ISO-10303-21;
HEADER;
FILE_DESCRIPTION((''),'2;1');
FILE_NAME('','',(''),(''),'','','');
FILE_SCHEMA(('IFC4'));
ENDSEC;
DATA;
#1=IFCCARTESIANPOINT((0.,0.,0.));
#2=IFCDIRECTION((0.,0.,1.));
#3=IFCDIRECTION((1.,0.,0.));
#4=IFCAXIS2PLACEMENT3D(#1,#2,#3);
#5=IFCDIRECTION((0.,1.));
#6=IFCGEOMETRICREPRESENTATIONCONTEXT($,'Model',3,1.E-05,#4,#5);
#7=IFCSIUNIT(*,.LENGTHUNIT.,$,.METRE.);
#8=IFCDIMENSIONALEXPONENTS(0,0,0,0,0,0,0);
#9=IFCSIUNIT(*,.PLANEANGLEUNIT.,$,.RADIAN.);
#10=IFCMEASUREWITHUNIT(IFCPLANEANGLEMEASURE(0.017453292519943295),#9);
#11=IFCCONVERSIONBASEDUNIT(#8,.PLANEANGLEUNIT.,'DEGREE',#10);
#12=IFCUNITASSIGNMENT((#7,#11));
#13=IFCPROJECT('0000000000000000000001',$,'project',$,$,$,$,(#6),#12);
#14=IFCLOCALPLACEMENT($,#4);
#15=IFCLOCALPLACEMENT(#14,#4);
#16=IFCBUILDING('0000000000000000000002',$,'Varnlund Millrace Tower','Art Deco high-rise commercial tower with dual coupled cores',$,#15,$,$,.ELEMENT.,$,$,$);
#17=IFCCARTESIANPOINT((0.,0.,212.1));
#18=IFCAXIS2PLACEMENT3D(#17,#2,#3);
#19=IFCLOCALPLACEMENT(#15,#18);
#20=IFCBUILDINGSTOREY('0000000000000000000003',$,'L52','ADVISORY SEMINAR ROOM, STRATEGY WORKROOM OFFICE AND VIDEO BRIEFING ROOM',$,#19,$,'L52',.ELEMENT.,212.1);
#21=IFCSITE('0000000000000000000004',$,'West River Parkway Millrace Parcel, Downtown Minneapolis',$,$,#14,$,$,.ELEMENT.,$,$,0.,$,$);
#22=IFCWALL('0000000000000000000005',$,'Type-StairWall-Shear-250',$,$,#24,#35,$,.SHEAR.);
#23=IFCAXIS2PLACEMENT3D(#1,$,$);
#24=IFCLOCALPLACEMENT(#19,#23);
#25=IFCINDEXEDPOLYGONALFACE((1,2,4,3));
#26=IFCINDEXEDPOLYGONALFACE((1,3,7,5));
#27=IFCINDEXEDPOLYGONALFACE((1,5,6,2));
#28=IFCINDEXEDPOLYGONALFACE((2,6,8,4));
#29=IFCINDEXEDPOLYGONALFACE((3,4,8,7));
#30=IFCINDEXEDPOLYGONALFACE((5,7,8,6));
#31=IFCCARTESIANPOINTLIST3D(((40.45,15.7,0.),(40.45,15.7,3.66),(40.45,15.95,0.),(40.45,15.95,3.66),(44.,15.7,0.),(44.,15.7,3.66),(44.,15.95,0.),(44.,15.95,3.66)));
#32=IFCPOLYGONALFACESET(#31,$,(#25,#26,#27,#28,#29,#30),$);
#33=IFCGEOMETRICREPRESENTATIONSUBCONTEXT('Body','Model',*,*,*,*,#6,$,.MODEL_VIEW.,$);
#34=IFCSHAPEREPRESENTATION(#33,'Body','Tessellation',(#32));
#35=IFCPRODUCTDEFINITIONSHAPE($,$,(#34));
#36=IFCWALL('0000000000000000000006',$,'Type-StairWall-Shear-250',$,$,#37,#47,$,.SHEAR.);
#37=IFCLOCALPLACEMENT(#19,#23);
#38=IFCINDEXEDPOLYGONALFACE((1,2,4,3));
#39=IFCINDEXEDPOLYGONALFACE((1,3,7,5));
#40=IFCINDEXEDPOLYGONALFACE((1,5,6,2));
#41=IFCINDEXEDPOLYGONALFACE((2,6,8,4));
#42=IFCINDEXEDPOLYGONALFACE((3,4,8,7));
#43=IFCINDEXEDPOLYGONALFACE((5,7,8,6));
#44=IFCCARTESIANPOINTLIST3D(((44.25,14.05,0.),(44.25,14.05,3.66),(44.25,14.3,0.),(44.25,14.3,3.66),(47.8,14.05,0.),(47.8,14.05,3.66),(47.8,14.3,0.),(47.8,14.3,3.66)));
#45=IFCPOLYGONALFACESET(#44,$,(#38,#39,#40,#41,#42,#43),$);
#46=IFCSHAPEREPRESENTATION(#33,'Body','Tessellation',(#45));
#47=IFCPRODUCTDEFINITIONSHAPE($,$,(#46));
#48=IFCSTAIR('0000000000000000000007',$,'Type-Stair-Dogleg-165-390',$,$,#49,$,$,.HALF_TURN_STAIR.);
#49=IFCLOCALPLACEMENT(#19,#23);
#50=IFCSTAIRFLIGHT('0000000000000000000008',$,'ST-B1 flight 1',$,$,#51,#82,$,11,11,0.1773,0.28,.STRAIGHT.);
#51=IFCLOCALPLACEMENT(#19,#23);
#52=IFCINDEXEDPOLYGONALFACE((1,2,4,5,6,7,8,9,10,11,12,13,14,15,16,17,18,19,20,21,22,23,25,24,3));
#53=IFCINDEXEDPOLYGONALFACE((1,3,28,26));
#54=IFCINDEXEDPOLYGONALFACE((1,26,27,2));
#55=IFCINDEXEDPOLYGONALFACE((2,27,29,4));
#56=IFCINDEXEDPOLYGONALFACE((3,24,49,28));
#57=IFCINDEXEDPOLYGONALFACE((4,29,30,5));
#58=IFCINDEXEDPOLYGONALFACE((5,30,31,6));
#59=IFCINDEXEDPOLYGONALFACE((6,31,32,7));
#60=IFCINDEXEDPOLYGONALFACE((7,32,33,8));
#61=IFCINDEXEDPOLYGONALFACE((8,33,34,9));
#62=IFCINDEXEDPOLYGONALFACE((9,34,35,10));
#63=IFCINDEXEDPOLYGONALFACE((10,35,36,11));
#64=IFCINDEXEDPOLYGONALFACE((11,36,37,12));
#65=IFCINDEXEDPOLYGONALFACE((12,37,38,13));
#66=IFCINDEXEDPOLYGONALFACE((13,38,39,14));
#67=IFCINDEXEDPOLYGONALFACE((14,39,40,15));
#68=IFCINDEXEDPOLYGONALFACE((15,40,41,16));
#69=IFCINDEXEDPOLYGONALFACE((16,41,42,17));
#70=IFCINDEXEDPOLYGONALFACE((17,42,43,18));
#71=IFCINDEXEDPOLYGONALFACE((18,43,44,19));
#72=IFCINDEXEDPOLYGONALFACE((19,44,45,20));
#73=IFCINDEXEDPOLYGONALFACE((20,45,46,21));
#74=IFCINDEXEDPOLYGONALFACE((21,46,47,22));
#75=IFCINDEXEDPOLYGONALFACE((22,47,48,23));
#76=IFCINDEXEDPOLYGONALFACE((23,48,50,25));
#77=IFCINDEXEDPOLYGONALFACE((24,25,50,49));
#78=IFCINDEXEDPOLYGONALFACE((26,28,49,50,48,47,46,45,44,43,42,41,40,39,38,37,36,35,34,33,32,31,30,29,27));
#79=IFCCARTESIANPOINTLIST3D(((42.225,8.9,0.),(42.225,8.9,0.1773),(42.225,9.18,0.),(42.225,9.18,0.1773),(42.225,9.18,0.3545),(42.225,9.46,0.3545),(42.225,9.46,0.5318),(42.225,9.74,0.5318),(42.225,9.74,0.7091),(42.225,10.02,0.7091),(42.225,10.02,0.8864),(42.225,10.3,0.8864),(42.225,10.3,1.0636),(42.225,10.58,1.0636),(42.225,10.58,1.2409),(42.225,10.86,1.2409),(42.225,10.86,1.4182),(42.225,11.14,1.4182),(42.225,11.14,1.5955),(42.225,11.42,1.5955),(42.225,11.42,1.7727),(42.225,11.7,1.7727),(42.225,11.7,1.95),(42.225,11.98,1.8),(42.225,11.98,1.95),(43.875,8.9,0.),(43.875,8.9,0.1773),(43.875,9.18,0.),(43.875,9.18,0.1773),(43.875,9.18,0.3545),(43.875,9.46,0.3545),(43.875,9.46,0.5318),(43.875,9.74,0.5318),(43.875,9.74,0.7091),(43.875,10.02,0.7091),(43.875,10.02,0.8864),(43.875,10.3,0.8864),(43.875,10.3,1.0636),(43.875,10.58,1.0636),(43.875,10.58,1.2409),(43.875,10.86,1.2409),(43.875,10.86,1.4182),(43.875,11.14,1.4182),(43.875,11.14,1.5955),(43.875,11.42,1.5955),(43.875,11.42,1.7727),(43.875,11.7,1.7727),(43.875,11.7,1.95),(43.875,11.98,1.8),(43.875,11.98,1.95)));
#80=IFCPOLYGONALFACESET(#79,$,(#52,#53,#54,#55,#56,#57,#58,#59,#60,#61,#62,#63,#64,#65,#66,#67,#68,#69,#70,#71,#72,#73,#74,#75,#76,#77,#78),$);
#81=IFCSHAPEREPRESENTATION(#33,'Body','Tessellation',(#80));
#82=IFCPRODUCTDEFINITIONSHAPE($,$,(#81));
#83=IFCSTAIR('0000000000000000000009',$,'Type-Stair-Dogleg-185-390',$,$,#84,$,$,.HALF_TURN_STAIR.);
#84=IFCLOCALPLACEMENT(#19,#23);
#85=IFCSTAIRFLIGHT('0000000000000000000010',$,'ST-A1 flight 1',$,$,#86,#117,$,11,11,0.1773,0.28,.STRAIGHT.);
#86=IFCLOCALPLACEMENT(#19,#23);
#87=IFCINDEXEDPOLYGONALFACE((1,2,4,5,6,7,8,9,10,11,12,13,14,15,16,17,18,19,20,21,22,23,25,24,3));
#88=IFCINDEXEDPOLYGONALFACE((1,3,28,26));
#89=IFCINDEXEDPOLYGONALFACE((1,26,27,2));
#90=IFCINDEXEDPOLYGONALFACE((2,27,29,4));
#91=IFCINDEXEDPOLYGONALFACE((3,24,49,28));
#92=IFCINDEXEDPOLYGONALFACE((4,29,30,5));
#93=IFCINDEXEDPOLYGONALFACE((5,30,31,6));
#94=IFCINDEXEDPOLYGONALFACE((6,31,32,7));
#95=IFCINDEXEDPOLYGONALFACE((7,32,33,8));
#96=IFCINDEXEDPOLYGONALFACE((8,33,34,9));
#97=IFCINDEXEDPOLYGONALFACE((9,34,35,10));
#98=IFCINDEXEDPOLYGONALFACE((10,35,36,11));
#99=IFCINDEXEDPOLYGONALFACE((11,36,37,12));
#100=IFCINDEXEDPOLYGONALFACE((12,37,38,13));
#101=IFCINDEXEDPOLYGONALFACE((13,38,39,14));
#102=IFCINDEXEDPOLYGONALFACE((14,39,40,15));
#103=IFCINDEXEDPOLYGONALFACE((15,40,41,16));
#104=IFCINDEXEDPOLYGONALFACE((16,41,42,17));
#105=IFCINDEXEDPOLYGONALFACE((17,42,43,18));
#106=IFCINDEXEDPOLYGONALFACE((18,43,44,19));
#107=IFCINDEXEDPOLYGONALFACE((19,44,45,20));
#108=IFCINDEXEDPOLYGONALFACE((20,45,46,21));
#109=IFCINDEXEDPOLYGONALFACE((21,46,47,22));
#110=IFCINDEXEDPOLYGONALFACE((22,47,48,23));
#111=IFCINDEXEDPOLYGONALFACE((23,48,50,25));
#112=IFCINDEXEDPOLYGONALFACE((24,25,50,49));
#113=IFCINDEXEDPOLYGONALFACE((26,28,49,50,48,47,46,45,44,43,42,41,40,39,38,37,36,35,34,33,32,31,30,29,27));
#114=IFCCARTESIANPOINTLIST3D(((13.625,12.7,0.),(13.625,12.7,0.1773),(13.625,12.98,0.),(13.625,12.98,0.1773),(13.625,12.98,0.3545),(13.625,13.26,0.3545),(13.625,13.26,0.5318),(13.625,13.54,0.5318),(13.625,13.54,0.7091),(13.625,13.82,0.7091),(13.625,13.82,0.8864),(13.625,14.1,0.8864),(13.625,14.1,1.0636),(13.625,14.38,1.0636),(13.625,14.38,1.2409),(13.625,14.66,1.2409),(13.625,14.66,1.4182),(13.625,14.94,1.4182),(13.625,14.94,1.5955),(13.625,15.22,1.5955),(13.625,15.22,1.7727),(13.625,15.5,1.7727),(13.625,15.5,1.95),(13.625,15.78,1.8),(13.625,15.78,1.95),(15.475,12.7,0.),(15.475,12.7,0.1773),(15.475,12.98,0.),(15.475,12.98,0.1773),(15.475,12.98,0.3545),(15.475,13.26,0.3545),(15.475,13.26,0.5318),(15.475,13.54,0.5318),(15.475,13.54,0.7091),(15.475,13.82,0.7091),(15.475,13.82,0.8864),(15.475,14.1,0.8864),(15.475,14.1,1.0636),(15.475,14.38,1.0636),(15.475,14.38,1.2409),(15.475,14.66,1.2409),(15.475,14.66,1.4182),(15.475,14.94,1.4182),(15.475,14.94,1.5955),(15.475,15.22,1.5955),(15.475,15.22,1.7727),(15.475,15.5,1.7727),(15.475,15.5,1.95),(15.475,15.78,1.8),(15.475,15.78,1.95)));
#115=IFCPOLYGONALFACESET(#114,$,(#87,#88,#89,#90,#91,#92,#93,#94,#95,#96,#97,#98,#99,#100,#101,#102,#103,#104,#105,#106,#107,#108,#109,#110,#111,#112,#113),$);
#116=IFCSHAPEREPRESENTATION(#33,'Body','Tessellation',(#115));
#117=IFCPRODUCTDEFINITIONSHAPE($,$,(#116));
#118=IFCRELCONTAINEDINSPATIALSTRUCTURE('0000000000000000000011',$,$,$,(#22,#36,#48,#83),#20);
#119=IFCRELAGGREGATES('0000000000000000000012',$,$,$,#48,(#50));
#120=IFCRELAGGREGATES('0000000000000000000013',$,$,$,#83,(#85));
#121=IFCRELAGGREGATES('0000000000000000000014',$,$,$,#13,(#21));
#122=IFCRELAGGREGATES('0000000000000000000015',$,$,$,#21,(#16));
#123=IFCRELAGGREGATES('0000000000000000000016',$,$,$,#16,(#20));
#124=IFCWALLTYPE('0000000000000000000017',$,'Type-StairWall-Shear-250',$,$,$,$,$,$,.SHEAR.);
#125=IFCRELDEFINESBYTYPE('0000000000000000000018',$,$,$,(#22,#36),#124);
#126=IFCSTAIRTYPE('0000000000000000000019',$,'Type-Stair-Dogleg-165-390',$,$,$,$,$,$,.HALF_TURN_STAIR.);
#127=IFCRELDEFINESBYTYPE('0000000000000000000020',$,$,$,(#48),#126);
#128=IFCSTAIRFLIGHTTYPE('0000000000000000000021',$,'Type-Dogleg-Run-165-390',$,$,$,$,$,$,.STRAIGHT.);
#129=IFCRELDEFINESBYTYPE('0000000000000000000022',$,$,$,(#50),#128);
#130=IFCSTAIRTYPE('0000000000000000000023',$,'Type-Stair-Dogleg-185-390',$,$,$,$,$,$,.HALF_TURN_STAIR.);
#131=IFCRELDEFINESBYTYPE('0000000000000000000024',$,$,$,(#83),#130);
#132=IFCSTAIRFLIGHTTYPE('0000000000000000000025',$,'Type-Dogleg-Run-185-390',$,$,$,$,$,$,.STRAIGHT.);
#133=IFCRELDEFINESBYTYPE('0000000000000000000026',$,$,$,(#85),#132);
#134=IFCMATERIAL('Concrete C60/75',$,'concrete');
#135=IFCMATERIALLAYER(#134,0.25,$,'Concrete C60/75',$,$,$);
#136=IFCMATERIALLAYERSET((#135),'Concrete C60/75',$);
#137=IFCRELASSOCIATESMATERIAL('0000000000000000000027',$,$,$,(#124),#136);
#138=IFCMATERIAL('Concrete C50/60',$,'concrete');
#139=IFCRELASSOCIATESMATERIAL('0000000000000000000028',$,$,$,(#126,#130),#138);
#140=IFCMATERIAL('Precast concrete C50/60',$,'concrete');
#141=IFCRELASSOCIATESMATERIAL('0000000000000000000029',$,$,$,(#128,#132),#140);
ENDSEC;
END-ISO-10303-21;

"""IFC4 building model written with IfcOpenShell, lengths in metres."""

from ifc_helpers import new_model, entity, si_unit, converted_unit, direction, frame, origin_with_axes, place, context, subcontext, project, spatial, polyline, outline, extrude, material, layer, layer_set, type_object, element, aggregate, save


model = new_model("IFC4")

# Units and contexts
model_context = context("Model", 3, precision=1e-05, world=origin_with_axes(), true_north=direction((0.0, 1.0)))
body_context = subcontext(model_context, "Body", "Model", "MODEL_VIEW")
ifc_project = project(units=[si_unit("LENGTHUNIT", "METRE"), converted_unit("PLANEANGLEUNIT", "DEGREE", entity("IfcPlaneAngleMeasure", 0.017453292519943295), si_unit("PLANEANGLEUNIT", "RADIAN"), dimensions=[0, 0, 0, 0, 0, 0, 0])], contexts=[model_context])

# Site, building, storey
site_placement = place(None, origin_with_axes())
site = spatial("IfcSite", under=ifc_project, at=site_placement, Name="West River Parkway Millrace Parcel, Downtown Minneapolis", CompositionType="ELEMENT", RefElevation=0.0)
building_placement = place(site_placement, origin_with_axes())
building = spatial("IfcBuilding", under=site, at=building_placement, Name="Varnlund Millrace Tower", Description="Art Deco high-rise commercial tower with dual coupled cores", CompositionType="ELEMENT")
storey_placement = place(building_placement, frame((0.0, 0.0, 212.1), z_axis=(0.0, 0.0, 1.0), x_axis=(1.0, 0.0, 0.0)))
storey = spatial("IfcBuildingStorey", under=building, at=storey_placement, Name="L52", Description="ADVISORY SEMINAR ROOM, STRATEGY WORKROOM OFFICE AND VIDEO BRIEFING ROOM", LongName="L52", CompositionType="ELEMENT", Elevation=212.1)

# Shared definitions
ifc_material_1 = material(Name="Concrete C60/75", Category="concrete")
ifc_layer_1 = layer(ifc_material_1, 0.25, Name="Concrete C60/75")
ifc_layer_set_1 = layer_set([ifc_layer_1], Name="Concrete C60/75")

# Walls
wall_type_1 = type_object("IfcWallType", Name="Type-StairWall-Shear-250", PredefinedType="SHEAR", material=ifc_layer_set_1)
for number, where, z_axis, x_axis, name in (
    (1, (40.45, 15.825, 0.0), (0.0, 0.0, 1.0), (1.0, 0.0, 0.0), "Type-StairWall-Shear-250"),
    (2, (44.25, 14.175, 0.0), (0.0, 0.0, 1.0), (1.0, 0.0, 0.0), "Type-StairWall-Shear-250"),
):
    element("IfcWall", number, at=place(storey_placement, frame(where, z_axis=z_axis, x_axis=x_axis)), inside=storey, type_object=wall_type_1, Name=name, PredefinedType="SHEAR", context=body_context, shape_type="SweptSolid", body=[
        extrude(outline(polyline([(0.0, -0.125), (3.55, -0.125), (3.55, 0.125), (0.0, 0.125), (0.0, -0.125)])), origin_with_axes(), (0.0, 0.0, 1.0), 3.66),
    ])

# Stairs, stair flights
ifc_material_2 = material(Name="Concrete C50/60", Category="concrete")
stair_type_1 = type_object("IfcStairType", Name="Type-Stair-Dogleg-165-390", PredefinedType="HALF_TURN_STAIR", material=ifc_material_2)
stair_1_placement = place(storey_placement, origin_with_axes())
stair_1 = element("IfcStair", 3, at=stair_1_placement, inside=storey, type_object=stair_type_1, Name="Type-Stair-Dogleg-165-390", PredefinedType="HALF_TURN_STAIR")
ifc_material_3 = material(Name="Precast concrete C50/60", Category="concrete")
stair_flight_type_1 = type_object("IfcStairFlightType", Name="Type-Dogleg-Run-165-390", PredefinedType="STRAIGHT", material=ifc_material_3)
stair_flight_1_placement = place(storey_placement, frame((42.225, 8.9, 0.0), z_axis=(1.0, 0.0, 0.0), x_axis=(0.0, 1.0, 0.0)))
stair_flight_1 = element("IfcStairFlight", 4, at=stair_flight_1_placement, type_object=stair_flight_type_1, Name="ST-B1 flight 1", NumberOfRisers=11, NumberOfTreads=11, PredefinedType="STRAIGHT", RiserHeight=0.1773, TreadLength=0.28, context=body_context, shape_type="SweptSolid", body=[
    extrude(outline(polyline([(0.0, 0.0), (0.0, 0.1773), (0.28, 0.1773), (0.28, 0.3545), (0.56, 0.3545), (0.56, 0.5318), (0.84, 0.5318), (0.84, 0.7091), (1.12, 0.7091), (1.12, 0.8864), (1.4, 0.8864), (1.4, 1.0636), (1.68, 1.0636), (1.68, 1.2409), (1.96, 1.2409), (1.96, 1.4182), (2.24, 1.4182), (2.24, 1.5955), (2.52, 1.5955), (2.52, 1.7727), (2.8, 1.7727), (2.8, 1.95), (3.08, 1.95), (3.08, 1.8), (0.28, 0.0), (0.0, 0.0)])), origin_with_axes(), (0.0, 0.0, 1.0), 1.65),
])
aggregate(stair_1, [stair_flight_1])
stair_type_2 = type_object("IfcStairType", Name="Type-Stair-Dogleg-185-390", PredefinedType="HALF_TURN_STAIR", material=ifc_material_2)
stair_2_placement = place(storey_placement, origin_with_axes())
stair_2 = element("IfcStair", 5, at=stair_2_placement, inside=storey, type_object=stair_type_2, Name="Type-Stair-Dogleg-185-390", PredefinedType="HALF_TURN_STAIR")
stair_flight_type_2 = type_object("IfcStairFlightType", Name="Type-Dogleg-Run-185-390", PredefinedType="STRAIGHT", material=ifc_material_3)
stair_flight_2_placement = place(storey_placement, frame((13.625, 12.7, 0.0), z_axis=(1.0, 0.0, 0.0), x_axis=(0.0, 1.0, 0.0)))
stair_flight_2 = element("IfcStairFlight", 6, at=stair_flight_2_placement, type_object=stair_flight_type_2, Name="ST-A1 flight 1", NumberOfRisers=11, NumberOfTreads=11, PredefinedType="STRAIGHT", RiserHeight=0.1773, TreadLength=0.28, context=body_context, shape_type="SweptSolid", body=[
    extrude(outline(polyline([(0.0, 0.0), (0.0, 0.1773), (0.28, 0.1773), (0.28, 0.3545), (0.56, 0.3545), (0.56, 0.5318), (0.84, 0.5318), (0.84, 0.7091), (1.12, 0.7091), (1.12, 0.8864), (1.4, 0.8864), (1.4, 1.0636), (1.68, 1.0636), (1.68, 1.2409), (1.96, 1.2409), (1.96, 1.4182), (2.24, 1.4182), (2.24, 1.5955), (2.52, 1.5955), (2.52, 1.7727), (2.8, 1.7727), (2.8, 1.95), (3.08, 1.95), (3.08, 1.8), (0.28, 0.0), (0.0, 0.0)])), origin_with_axes(), (0.0, 0.0, 1.0), 1.85),
])
aggregate(stair_2, [stair_flight_2])

save(model, "model.ifc")
